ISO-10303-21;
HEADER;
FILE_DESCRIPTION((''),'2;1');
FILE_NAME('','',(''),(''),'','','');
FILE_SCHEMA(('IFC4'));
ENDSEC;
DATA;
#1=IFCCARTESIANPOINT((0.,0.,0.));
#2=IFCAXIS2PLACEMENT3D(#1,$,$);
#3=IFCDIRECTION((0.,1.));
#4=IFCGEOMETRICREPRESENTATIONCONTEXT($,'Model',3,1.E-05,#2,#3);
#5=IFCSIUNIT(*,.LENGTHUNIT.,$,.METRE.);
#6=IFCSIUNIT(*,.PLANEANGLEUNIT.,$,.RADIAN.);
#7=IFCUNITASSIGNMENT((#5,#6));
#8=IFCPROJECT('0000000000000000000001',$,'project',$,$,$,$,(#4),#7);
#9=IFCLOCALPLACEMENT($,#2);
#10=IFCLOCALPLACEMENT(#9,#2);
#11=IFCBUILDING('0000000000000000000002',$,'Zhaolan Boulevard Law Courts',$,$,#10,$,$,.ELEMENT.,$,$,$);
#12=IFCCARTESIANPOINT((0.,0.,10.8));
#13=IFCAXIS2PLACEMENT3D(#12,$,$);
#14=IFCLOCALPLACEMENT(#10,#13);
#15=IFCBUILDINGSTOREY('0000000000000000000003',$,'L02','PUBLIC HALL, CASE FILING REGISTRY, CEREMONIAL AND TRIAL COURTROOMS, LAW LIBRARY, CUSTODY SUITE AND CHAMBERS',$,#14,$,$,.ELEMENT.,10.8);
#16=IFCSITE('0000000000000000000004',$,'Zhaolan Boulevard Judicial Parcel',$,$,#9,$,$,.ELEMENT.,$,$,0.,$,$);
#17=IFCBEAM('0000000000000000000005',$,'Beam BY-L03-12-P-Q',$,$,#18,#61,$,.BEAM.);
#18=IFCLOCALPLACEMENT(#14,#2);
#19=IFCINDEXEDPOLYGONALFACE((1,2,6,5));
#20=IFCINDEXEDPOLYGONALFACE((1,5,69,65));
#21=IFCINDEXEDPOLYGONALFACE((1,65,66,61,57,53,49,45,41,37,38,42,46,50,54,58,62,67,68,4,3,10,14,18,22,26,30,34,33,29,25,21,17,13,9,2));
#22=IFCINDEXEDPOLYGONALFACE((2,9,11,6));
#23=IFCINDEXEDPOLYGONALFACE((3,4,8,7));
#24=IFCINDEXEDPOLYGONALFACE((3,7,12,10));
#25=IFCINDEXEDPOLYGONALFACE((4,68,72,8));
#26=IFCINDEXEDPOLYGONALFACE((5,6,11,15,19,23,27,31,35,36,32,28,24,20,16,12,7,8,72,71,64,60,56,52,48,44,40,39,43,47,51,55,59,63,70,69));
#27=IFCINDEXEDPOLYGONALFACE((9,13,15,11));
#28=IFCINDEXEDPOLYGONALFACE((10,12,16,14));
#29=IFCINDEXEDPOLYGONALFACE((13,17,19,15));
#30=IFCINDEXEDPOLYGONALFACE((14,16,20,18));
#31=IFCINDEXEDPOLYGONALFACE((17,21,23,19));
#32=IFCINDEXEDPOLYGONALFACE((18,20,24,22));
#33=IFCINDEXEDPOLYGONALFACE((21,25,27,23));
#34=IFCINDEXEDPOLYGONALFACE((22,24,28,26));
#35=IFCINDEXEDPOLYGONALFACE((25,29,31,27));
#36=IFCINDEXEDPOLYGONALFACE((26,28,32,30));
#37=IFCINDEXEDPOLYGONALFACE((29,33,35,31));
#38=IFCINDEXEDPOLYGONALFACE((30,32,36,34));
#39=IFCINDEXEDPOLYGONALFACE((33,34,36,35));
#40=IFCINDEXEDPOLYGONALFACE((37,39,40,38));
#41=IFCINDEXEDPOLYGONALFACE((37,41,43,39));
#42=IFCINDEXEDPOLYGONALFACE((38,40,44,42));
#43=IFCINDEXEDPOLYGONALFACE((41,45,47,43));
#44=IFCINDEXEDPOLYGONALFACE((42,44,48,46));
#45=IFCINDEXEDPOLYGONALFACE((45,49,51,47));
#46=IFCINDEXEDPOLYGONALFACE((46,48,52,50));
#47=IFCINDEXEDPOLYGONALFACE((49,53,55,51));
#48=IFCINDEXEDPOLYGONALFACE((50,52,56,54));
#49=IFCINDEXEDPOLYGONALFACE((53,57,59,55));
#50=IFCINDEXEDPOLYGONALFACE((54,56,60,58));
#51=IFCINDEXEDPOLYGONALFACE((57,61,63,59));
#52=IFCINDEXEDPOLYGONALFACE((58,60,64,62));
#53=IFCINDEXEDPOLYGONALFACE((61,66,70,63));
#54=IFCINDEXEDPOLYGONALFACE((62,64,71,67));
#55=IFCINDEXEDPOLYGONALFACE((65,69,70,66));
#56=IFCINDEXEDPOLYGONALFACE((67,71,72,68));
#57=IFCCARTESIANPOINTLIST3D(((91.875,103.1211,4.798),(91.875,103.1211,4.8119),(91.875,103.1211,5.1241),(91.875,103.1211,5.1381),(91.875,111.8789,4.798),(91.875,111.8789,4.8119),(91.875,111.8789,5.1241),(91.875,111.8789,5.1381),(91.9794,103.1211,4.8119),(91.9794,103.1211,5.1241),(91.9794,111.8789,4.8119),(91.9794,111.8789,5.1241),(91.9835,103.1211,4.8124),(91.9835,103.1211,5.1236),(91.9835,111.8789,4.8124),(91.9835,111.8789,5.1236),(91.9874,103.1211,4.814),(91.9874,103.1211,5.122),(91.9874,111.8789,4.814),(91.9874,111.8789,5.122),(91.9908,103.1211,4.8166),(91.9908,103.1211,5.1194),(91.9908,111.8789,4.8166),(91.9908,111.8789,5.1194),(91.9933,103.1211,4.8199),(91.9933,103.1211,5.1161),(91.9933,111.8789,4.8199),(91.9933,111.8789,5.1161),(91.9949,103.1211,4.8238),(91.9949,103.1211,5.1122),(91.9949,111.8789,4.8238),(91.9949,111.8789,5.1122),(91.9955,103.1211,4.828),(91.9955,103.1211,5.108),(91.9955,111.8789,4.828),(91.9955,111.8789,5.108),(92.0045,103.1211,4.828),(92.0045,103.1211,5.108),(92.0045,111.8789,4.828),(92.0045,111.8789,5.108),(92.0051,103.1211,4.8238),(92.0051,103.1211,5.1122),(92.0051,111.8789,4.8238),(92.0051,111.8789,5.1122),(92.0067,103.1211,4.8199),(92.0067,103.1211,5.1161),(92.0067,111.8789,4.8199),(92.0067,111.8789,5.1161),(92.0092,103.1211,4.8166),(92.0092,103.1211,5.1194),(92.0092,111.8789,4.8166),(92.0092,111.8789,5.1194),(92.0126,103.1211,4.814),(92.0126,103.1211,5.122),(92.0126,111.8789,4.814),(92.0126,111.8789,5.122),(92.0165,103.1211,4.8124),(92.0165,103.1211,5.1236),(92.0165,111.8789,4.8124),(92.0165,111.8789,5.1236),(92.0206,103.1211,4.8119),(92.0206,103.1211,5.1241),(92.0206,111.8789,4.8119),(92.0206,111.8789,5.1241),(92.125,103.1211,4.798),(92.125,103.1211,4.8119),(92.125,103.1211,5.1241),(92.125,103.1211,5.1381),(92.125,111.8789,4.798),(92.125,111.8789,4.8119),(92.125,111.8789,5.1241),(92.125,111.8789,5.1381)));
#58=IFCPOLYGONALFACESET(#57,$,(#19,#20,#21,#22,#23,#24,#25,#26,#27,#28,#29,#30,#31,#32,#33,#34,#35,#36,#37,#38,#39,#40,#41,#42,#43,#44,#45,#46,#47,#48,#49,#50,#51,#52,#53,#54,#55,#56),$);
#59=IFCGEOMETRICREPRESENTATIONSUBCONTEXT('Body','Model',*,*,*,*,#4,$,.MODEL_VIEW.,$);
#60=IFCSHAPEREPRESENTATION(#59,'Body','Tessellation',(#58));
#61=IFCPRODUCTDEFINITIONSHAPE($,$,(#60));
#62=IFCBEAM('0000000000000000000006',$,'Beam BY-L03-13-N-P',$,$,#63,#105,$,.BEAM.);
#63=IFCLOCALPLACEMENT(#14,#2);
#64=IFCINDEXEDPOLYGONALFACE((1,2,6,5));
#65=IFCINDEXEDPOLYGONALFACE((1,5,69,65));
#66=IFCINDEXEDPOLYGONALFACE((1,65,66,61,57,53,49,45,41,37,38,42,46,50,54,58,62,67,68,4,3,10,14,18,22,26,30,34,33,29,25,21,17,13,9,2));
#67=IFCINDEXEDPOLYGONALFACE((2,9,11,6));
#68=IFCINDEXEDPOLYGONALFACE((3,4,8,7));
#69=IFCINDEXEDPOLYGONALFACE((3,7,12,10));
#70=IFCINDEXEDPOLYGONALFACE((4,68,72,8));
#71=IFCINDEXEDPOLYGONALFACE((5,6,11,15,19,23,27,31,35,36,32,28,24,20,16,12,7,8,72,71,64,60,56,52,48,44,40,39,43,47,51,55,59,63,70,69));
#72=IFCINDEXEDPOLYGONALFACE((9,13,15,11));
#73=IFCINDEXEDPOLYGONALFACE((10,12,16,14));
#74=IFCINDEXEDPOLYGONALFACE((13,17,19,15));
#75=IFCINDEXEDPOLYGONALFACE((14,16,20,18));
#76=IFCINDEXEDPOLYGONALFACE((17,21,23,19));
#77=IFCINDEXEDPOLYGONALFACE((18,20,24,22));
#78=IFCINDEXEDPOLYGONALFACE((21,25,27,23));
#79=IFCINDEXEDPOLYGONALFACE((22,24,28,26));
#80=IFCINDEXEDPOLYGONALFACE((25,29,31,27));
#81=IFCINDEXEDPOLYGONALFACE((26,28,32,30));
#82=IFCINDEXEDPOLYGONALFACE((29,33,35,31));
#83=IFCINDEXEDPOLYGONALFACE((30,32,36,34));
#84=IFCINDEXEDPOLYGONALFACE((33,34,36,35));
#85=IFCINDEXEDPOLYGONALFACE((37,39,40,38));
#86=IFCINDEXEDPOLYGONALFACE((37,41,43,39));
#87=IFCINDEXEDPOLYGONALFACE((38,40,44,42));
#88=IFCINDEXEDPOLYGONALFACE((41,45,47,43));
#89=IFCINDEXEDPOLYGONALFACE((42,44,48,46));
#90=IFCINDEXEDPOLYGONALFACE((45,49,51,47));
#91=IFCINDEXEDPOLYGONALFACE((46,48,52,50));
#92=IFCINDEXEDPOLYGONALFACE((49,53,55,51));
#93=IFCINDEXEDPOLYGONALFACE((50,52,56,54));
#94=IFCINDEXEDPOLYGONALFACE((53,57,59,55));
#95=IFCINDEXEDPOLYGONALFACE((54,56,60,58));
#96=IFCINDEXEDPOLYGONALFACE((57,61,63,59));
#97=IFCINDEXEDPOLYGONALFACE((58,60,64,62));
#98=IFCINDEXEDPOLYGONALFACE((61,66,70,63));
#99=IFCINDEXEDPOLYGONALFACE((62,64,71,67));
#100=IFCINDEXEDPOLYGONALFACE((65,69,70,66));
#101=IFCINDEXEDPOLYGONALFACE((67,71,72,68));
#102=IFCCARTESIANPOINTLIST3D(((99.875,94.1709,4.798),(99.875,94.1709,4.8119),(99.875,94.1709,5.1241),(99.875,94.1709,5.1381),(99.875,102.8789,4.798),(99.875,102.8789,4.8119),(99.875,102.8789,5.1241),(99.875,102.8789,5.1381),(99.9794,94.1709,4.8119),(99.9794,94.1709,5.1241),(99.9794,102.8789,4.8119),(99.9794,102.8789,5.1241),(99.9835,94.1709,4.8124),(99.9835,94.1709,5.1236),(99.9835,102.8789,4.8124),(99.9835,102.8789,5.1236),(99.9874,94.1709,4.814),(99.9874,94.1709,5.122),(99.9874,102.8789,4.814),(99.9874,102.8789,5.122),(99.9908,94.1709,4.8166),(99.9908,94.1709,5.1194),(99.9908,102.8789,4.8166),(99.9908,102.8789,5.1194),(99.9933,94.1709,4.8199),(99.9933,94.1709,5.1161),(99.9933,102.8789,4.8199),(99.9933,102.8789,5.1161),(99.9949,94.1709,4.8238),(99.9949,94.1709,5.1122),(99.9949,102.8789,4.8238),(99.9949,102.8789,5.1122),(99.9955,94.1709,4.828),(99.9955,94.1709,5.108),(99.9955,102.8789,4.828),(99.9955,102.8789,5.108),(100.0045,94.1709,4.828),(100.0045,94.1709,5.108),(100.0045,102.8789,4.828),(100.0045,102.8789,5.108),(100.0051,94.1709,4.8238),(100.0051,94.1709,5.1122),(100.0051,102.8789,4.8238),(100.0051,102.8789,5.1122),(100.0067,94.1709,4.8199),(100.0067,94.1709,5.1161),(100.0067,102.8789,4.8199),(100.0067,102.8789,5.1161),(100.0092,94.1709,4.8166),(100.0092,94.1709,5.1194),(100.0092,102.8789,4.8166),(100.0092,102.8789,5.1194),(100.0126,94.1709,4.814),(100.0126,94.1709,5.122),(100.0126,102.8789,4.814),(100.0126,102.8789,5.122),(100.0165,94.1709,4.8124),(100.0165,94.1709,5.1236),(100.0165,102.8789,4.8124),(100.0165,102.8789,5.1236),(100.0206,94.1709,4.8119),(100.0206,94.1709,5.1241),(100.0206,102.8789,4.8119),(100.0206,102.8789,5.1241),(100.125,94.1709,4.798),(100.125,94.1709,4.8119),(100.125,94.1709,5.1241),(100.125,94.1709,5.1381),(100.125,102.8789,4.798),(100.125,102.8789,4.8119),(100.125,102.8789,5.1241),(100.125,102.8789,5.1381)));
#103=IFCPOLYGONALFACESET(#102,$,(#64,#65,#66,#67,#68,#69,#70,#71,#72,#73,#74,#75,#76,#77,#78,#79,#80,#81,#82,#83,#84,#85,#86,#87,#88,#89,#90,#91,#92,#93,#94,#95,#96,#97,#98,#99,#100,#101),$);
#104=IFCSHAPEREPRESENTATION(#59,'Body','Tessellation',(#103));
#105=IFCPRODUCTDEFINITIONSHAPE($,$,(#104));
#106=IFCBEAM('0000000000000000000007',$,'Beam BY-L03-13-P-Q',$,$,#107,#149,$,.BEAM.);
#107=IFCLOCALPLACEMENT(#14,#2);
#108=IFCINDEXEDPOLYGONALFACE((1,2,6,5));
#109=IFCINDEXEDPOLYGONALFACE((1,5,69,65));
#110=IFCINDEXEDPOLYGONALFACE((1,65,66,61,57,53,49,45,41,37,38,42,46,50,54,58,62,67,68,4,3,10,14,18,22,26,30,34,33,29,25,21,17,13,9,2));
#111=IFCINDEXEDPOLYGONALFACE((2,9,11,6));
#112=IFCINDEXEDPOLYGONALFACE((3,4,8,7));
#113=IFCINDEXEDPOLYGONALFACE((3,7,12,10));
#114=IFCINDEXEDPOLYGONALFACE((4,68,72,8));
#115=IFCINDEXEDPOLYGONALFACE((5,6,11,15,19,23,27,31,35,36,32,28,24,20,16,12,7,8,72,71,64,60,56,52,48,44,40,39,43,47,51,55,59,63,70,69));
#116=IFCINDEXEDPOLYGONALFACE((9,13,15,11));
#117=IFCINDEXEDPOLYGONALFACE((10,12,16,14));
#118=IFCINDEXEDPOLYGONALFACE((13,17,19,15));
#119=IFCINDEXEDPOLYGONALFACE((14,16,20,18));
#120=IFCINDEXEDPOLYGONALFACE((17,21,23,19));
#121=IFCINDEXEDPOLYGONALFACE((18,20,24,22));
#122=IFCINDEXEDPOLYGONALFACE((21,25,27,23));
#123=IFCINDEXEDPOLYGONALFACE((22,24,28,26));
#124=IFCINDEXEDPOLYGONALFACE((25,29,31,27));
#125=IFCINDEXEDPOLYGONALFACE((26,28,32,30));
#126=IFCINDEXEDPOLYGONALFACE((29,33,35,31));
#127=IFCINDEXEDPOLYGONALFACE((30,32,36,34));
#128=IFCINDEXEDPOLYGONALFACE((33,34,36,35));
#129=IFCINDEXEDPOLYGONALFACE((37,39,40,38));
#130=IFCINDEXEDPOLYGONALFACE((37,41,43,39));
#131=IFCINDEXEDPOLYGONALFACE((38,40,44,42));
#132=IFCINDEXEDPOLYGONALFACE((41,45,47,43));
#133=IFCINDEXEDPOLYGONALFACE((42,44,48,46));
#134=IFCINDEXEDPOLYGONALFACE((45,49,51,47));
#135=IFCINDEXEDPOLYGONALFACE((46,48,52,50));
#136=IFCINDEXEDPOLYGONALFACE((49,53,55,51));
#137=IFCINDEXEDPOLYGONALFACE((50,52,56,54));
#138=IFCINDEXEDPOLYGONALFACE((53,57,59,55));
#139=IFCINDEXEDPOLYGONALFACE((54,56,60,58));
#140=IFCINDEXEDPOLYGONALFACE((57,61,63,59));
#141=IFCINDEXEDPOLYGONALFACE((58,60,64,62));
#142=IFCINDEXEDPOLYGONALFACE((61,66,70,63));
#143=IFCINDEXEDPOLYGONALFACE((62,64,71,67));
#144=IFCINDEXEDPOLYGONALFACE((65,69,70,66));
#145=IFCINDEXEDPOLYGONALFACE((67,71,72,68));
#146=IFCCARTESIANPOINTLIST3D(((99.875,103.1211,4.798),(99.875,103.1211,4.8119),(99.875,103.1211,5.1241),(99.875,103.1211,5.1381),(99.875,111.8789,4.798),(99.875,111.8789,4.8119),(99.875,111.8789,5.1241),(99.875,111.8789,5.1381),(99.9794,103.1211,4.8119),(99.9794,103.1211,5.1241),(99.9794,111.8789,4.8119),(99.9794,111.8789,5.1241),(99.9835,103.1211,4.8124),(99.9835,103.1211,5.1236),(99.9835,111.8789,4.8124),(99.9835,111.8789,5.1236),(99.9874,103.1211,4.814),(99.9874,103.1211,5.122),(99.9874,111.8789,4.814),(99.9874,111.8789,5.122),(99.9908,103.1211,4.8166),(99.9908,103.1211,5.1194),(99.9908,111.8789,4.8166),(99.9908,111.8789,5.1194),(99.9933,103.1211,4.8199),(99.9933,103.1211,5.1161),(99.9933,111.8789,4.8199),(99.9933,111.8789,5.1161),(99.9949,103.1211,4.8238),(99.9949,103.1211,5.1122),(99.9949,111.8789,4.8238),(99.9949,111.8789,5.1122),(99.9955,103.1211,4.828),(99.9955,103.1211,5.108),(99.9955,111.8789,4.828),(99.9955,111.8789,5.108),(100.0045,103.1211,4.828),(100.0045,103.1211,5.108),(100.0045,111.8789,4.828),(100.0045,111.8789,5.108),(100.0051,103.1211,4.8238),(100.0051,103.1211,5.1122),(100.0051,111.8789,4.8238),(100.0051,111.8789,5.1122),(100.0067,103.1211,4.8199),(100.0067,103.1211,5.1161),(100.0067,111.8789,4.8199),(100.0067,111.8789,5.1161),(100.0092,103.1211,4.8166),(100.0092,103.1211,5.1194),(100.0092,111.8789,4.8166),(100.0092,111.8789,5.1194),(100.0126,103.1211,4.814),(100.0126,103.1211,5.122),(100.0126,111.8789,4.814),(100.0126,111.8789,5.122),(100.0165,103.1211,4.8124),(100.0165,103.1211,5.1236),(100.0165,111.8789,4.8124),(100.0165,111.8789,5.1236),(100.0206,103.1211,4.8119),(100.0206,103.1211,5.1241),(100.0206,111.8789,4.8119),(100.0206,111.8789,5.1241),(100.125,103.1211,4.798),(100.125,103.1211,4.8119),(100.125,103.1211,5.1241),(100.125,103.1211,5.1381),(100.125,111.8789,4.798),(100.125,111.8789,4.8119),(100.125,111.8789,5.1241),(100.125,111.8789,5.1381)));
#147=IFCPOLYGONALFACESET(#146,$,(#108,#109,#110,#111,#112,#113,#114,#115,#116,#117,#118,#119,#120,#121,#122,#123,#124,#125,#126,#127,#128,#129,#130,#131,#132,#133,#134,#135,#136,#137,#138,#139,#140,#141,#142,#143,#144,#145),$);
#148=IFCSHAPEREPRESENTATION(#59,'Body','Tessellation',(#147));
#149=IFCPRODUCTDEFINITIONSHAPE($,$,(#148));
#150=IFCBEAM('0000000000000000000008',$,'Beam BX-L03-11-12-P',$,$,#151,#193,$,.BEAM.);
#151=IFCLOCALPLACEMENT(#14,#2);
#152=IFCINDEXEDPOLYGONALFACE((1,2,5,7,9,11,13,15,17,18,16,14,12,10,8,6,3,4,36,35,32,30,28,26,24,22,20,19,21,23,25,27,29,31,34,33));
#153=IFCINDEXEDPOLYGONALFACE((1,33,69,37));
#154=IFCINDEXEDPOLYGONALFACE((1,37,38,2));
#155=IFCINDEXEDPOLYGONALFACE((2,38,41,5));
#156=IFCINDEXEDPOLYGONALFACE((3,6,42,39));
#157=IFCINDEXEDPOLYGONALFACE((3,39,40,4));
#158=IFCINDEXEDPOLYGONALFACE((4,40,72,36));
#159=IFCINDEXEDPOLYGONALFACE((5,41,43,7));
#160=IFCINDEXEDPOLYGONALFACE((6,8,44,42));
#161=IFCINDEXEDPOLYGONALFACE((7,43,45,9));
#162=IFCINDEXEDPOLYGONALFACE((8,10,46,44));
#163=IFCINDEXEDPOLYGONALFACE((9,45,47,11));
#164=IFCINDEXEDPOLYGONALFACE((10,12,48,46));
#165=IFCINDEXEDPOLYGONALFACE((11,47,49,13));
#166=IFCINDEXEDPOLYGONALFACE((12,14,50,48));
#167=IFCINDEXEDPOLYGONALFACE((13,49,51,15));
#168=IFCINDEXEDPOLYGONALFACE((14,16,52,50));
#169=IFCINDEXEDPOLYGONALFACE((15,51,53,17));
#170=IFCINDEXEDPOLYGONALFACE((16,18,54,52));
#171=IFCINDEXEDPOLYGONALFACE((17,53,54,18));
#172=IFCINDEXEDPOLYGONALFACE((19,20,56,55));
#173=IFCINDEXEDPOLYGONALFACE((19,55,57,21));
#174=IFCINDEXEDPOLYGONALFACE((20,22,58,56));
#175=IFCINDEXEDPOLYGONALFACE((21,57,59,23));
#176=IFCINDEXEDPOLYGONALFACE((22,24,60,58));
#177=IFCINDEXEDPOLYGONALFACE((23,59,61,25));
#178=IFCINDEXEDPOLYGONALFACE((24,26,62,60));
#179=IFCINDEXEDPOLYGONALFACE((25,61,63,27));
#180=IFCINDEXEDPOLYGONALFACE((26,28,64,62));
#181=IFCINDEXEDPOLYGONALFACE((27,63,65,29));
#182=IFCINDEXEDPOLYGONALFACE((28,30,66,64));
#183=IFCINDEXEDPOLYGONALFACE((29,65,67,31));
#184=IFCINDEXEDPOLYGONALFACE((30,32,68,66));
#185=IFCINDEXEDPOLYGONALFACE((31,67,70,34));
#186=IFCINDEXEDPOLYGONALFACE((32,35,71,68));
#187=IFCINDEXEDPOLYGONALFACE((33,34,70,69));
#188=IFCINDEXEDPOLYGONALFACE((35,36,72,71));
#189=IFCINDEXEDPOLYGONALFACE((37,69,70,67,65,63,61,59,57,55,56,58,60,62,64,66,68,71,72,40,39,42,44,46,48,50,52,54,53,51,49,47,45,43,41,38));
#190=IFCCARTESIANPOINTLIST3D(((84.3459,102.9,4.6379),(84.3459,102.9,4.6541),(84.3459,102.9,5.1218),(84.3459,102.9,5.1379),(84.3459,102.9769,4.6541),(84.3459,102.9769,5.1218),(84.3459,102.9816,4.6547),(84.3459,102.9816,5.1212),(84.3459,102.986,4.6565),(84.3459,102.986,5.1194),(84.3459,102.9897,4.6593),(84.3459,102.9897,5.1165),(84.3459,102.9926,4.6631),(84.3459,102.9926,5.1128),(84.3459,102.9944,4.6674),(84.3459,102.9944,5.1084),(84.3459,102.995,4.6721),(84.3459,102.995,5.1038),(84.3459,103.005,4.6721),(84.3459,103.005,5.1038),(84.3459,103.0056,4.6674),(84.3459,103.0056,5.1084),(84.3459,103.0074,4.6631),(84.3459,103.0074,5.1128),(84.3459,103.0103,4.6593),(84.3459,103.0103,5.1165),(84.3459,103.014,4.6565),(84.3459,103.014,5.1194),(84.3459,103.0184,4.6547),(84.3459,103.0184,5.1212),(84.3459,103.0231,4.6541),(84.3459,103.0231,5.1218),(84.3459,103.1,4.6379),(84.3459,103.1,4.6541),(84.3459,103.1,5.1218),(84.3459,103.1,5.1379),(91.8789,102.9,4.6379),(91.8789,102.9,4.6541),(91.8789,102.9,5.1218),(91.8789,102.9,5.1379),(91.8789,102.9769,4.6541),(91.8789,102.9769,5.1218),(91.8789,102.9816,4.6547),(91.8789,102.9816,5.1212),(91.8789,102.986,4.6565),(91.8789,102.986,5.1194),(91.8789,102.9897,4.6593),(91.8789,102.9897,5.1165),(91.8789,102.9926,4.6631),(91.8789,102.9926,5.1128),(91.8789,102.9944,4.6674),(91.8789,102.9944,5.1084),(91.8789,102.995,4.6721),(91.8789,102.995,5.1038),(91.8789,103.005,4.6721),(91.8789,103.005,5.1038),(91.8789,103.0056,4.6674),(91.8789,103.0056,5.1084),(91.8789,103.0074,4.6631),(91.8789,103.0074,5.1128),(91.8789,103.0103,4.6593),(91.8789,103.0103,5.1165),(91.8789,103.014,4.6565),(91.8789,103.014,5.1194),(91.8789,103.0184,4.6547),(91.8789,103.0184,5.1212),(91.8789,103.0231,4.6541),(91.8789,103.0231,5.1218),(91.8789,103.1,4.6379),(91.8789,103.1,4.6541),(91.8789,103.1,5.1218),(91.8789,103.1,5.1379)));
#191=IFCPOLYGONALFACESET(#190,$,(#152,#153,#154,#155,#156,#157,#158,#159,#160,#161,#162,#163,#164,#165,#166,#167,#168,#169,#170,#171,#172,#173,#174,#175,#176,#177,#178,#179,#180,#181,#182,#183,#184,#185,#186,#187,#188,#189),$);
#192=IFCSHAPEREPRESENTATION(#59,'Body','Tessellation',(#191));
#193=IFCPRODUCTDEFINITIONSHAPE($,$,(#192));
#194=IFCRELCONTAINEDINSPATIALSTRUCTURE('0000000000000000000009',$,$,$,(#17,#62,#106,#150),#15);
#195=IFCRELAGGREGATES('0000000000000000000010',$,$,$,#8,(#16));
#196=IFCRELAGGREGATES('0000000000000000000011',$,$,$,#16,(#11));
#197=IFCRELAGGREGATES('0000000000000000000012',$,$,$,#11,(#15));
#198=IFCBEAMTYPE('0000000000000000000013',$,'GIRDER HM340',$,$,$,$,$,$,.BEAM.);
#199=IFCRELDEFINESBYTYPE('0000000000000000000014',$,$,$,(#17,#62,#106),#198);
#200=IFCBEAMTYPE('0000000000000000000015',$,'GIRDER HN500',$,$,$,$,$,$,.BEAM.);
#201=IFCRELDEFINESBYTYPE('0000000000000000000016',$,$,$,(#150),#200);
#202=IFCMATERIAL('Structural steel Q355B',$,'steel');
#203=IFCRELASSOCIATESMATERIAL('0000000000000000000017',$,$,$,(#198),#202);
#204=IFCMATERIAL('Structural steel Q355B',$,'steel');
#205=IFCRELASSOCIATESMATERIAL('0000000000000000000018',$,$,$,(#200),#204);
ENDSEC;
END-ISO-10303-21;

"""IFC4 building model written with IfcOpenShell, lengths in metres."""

from ifc_helpers import new_model, si_unit, direction, frame, origin, origin_2d, place, context, subcontext, project, spatial, i_section, extrude, material, material_profile, profile_set, type_object, element, save


model = new_model("IFC4")

# Units and contexts
model_context = context("Model", 3, precision=1e-05, world=origin(), true_north=direction((0.0, 1.0)))
body_context = subcontext(model_context, "Body", "Model", "MODEL_VIEW")
ifc_project = project(units=[si_unit("LENGTHUNIT", "METRE"), si_unit("PLANEANGLEUNIT", "RADIAN")], contexts=[model_context])

# Site, building, storey
site_placement = place(None, origin())
site = spatial("IfcSite", under=ifc_project, at=site_placement, Name="Zhaolan Boulevard Judicial Parcel", CompositionType="ELEMENT", RefElevation=0.0)
building_placement = place(site_placement, origin())
building = spatial("IfcBuilding", under=site, at=building_placement, Name="Zhaolan Boulevard Law Courts", CompositionType="ELEMENT")
storey_placement = place(building_placement, frame((0.0, 0.0, 10.8)))
storey = spatial("IfcBuildingStorey", under=building, at=storey_placement, Name="L02", Description="PUBLIC HALL, CASE FILING REGISTRY, CEREMONIAL AND TRIAL COURTROOMS, LAW LIBRARY, CUSTODY SUITE AND CHAMBERS", CompositionType="ELEMENT", Elevation=10.8)

# Beams
ifc_material_1 = material(Name="Structural steel Q355B", Category="steel")
ifc_material_profile_1 = material_profile(ifc_material_1, i_section(OverallWidth=0.25, OverallDepth=0.3401, WebThickness=0.009, FlangeThickness=0.0139, FilletRadius=0.0161, at=origin_2d()), Name="HM340x250")
ifc_profile_set_1 = profile_set([ifc_material_profile_1], Name="Structural steel Q355B")
beam_type_1 = type_object("IfcBeamType", Name="GIRDER HM340", PredefinedType="BEAM", material=ifc_profile_set_1)
beam_1_placement = place(storey_placement, frame((92.0, 103.1211, 4.968), z_axis=(0.0, 1.0, 0.0), x_axis=(-1.0, 0.0, 0.0)))
element("IfcBeam", 1, at=beam_1_placement, inside=storey, type_object=beam_type_1, Name="Beam BY-L03-12-P-Q", PredefinedType="BEAM", context=body_context, shape_type="SweptSolid", body=[
    extrude(i_section(OverallWidth=0.25, OverallDepth=0.3401, WebThickness=0.009, FlangeThickness=0.0139, FilletRadius=0.0161, at=origin_2d()), origin(), (0.0, 0.0, 1.0), 8.7578),
])
beam_2_placement = place(storey_placement, frame((100.0, 94.1709, 4.968), z_axis=(0.0, 1.0, 0.0), x_axis=(-1.0, 0.0, 0.0)))
element("IfcBeam", 2, at=beam_2_placement, inside=storey, type_object=beam_type_1, Name="Beam BY-L03-13-N-P", PredefinedType="BEAM", context=body_context, shape_type="SweptSolid", body=[
    extrude(i_section(OverallWidth=0.25, OverallDepth=0.3401, WebThickness=0.009, FlangeThickness=0.0139, FilletRadius=0.0161, at=origin_2d()), origin(), (0.0, 0.0, 1.0), 8.708),
])
beam_3_placement = place(storey_placement, frame((100.0, 103.1211, 4.968), z_axis=(0.0, 1.0, 0.0), x_axis=(-1.0, 0.0, 0.0)))
element("IfcBeam", 3, at=beam_3_placement, inside=storey, type_object=beam_type_1, Name="Beam BY-L03-13-P-Q", PredefinedType="BEAM", context=body_context, shape_type="SweptSolid", body=[
    extrude(i_section(OverallWidth=0.25, OverallDepth=0.3401, WebThickness=0.009, FlangeThickness=0.0139, FilletRadius=0.0161, at=origin_2d()), origin(), (0.0, 0.0, 1.0), 8.7578),
])
ifc_material_2 = material(Name="Structural steel Q355B", Category="steel")
ifc_material_profile_2 = material_profile(ifc_material_2, i_section(OverallWidth=0.2, OverallDepth=0.5, WebThickness=0.01, FlangeThickness=0.0161, FilletRadius=0.0181, at=origin_2d()), Name="HN500x200")
ifc_profile_set_2 = profile_set([ifc_material_profile_2], Name="Structural steel Q355B")
beam_type_2 = type_object("IfcBeamType", Name="GIRDER HN500", PredefinedType="BEAM", material=ifc_profile_set_2)
beam_4_placement = place(storey_placement, frame((84.3459, 103.0, 4.8879), z_axis=(1.0, 0.0, 0.0), x_axis=(0.0, 1.0, 0.0)))
element("IfcBeam", 4, at=beam_4_placement, inside=storey, type_object=beam_type_2, Name="Beam BX-L03-11-12-P", PredefinedType="BEAM", context=body_context, shape_type="SweptSolid", body=[
    extrude(i_section(OverallWidth=0.2, OverallDepth=0.5, WebThickness=0.01, FlangeThickness=0.0161, FilletRadius=0.0181, at=origin_2d()), origin(), (0.0, 0.0, 1.0), 7.533),
])

save(model, "model.ifc")
